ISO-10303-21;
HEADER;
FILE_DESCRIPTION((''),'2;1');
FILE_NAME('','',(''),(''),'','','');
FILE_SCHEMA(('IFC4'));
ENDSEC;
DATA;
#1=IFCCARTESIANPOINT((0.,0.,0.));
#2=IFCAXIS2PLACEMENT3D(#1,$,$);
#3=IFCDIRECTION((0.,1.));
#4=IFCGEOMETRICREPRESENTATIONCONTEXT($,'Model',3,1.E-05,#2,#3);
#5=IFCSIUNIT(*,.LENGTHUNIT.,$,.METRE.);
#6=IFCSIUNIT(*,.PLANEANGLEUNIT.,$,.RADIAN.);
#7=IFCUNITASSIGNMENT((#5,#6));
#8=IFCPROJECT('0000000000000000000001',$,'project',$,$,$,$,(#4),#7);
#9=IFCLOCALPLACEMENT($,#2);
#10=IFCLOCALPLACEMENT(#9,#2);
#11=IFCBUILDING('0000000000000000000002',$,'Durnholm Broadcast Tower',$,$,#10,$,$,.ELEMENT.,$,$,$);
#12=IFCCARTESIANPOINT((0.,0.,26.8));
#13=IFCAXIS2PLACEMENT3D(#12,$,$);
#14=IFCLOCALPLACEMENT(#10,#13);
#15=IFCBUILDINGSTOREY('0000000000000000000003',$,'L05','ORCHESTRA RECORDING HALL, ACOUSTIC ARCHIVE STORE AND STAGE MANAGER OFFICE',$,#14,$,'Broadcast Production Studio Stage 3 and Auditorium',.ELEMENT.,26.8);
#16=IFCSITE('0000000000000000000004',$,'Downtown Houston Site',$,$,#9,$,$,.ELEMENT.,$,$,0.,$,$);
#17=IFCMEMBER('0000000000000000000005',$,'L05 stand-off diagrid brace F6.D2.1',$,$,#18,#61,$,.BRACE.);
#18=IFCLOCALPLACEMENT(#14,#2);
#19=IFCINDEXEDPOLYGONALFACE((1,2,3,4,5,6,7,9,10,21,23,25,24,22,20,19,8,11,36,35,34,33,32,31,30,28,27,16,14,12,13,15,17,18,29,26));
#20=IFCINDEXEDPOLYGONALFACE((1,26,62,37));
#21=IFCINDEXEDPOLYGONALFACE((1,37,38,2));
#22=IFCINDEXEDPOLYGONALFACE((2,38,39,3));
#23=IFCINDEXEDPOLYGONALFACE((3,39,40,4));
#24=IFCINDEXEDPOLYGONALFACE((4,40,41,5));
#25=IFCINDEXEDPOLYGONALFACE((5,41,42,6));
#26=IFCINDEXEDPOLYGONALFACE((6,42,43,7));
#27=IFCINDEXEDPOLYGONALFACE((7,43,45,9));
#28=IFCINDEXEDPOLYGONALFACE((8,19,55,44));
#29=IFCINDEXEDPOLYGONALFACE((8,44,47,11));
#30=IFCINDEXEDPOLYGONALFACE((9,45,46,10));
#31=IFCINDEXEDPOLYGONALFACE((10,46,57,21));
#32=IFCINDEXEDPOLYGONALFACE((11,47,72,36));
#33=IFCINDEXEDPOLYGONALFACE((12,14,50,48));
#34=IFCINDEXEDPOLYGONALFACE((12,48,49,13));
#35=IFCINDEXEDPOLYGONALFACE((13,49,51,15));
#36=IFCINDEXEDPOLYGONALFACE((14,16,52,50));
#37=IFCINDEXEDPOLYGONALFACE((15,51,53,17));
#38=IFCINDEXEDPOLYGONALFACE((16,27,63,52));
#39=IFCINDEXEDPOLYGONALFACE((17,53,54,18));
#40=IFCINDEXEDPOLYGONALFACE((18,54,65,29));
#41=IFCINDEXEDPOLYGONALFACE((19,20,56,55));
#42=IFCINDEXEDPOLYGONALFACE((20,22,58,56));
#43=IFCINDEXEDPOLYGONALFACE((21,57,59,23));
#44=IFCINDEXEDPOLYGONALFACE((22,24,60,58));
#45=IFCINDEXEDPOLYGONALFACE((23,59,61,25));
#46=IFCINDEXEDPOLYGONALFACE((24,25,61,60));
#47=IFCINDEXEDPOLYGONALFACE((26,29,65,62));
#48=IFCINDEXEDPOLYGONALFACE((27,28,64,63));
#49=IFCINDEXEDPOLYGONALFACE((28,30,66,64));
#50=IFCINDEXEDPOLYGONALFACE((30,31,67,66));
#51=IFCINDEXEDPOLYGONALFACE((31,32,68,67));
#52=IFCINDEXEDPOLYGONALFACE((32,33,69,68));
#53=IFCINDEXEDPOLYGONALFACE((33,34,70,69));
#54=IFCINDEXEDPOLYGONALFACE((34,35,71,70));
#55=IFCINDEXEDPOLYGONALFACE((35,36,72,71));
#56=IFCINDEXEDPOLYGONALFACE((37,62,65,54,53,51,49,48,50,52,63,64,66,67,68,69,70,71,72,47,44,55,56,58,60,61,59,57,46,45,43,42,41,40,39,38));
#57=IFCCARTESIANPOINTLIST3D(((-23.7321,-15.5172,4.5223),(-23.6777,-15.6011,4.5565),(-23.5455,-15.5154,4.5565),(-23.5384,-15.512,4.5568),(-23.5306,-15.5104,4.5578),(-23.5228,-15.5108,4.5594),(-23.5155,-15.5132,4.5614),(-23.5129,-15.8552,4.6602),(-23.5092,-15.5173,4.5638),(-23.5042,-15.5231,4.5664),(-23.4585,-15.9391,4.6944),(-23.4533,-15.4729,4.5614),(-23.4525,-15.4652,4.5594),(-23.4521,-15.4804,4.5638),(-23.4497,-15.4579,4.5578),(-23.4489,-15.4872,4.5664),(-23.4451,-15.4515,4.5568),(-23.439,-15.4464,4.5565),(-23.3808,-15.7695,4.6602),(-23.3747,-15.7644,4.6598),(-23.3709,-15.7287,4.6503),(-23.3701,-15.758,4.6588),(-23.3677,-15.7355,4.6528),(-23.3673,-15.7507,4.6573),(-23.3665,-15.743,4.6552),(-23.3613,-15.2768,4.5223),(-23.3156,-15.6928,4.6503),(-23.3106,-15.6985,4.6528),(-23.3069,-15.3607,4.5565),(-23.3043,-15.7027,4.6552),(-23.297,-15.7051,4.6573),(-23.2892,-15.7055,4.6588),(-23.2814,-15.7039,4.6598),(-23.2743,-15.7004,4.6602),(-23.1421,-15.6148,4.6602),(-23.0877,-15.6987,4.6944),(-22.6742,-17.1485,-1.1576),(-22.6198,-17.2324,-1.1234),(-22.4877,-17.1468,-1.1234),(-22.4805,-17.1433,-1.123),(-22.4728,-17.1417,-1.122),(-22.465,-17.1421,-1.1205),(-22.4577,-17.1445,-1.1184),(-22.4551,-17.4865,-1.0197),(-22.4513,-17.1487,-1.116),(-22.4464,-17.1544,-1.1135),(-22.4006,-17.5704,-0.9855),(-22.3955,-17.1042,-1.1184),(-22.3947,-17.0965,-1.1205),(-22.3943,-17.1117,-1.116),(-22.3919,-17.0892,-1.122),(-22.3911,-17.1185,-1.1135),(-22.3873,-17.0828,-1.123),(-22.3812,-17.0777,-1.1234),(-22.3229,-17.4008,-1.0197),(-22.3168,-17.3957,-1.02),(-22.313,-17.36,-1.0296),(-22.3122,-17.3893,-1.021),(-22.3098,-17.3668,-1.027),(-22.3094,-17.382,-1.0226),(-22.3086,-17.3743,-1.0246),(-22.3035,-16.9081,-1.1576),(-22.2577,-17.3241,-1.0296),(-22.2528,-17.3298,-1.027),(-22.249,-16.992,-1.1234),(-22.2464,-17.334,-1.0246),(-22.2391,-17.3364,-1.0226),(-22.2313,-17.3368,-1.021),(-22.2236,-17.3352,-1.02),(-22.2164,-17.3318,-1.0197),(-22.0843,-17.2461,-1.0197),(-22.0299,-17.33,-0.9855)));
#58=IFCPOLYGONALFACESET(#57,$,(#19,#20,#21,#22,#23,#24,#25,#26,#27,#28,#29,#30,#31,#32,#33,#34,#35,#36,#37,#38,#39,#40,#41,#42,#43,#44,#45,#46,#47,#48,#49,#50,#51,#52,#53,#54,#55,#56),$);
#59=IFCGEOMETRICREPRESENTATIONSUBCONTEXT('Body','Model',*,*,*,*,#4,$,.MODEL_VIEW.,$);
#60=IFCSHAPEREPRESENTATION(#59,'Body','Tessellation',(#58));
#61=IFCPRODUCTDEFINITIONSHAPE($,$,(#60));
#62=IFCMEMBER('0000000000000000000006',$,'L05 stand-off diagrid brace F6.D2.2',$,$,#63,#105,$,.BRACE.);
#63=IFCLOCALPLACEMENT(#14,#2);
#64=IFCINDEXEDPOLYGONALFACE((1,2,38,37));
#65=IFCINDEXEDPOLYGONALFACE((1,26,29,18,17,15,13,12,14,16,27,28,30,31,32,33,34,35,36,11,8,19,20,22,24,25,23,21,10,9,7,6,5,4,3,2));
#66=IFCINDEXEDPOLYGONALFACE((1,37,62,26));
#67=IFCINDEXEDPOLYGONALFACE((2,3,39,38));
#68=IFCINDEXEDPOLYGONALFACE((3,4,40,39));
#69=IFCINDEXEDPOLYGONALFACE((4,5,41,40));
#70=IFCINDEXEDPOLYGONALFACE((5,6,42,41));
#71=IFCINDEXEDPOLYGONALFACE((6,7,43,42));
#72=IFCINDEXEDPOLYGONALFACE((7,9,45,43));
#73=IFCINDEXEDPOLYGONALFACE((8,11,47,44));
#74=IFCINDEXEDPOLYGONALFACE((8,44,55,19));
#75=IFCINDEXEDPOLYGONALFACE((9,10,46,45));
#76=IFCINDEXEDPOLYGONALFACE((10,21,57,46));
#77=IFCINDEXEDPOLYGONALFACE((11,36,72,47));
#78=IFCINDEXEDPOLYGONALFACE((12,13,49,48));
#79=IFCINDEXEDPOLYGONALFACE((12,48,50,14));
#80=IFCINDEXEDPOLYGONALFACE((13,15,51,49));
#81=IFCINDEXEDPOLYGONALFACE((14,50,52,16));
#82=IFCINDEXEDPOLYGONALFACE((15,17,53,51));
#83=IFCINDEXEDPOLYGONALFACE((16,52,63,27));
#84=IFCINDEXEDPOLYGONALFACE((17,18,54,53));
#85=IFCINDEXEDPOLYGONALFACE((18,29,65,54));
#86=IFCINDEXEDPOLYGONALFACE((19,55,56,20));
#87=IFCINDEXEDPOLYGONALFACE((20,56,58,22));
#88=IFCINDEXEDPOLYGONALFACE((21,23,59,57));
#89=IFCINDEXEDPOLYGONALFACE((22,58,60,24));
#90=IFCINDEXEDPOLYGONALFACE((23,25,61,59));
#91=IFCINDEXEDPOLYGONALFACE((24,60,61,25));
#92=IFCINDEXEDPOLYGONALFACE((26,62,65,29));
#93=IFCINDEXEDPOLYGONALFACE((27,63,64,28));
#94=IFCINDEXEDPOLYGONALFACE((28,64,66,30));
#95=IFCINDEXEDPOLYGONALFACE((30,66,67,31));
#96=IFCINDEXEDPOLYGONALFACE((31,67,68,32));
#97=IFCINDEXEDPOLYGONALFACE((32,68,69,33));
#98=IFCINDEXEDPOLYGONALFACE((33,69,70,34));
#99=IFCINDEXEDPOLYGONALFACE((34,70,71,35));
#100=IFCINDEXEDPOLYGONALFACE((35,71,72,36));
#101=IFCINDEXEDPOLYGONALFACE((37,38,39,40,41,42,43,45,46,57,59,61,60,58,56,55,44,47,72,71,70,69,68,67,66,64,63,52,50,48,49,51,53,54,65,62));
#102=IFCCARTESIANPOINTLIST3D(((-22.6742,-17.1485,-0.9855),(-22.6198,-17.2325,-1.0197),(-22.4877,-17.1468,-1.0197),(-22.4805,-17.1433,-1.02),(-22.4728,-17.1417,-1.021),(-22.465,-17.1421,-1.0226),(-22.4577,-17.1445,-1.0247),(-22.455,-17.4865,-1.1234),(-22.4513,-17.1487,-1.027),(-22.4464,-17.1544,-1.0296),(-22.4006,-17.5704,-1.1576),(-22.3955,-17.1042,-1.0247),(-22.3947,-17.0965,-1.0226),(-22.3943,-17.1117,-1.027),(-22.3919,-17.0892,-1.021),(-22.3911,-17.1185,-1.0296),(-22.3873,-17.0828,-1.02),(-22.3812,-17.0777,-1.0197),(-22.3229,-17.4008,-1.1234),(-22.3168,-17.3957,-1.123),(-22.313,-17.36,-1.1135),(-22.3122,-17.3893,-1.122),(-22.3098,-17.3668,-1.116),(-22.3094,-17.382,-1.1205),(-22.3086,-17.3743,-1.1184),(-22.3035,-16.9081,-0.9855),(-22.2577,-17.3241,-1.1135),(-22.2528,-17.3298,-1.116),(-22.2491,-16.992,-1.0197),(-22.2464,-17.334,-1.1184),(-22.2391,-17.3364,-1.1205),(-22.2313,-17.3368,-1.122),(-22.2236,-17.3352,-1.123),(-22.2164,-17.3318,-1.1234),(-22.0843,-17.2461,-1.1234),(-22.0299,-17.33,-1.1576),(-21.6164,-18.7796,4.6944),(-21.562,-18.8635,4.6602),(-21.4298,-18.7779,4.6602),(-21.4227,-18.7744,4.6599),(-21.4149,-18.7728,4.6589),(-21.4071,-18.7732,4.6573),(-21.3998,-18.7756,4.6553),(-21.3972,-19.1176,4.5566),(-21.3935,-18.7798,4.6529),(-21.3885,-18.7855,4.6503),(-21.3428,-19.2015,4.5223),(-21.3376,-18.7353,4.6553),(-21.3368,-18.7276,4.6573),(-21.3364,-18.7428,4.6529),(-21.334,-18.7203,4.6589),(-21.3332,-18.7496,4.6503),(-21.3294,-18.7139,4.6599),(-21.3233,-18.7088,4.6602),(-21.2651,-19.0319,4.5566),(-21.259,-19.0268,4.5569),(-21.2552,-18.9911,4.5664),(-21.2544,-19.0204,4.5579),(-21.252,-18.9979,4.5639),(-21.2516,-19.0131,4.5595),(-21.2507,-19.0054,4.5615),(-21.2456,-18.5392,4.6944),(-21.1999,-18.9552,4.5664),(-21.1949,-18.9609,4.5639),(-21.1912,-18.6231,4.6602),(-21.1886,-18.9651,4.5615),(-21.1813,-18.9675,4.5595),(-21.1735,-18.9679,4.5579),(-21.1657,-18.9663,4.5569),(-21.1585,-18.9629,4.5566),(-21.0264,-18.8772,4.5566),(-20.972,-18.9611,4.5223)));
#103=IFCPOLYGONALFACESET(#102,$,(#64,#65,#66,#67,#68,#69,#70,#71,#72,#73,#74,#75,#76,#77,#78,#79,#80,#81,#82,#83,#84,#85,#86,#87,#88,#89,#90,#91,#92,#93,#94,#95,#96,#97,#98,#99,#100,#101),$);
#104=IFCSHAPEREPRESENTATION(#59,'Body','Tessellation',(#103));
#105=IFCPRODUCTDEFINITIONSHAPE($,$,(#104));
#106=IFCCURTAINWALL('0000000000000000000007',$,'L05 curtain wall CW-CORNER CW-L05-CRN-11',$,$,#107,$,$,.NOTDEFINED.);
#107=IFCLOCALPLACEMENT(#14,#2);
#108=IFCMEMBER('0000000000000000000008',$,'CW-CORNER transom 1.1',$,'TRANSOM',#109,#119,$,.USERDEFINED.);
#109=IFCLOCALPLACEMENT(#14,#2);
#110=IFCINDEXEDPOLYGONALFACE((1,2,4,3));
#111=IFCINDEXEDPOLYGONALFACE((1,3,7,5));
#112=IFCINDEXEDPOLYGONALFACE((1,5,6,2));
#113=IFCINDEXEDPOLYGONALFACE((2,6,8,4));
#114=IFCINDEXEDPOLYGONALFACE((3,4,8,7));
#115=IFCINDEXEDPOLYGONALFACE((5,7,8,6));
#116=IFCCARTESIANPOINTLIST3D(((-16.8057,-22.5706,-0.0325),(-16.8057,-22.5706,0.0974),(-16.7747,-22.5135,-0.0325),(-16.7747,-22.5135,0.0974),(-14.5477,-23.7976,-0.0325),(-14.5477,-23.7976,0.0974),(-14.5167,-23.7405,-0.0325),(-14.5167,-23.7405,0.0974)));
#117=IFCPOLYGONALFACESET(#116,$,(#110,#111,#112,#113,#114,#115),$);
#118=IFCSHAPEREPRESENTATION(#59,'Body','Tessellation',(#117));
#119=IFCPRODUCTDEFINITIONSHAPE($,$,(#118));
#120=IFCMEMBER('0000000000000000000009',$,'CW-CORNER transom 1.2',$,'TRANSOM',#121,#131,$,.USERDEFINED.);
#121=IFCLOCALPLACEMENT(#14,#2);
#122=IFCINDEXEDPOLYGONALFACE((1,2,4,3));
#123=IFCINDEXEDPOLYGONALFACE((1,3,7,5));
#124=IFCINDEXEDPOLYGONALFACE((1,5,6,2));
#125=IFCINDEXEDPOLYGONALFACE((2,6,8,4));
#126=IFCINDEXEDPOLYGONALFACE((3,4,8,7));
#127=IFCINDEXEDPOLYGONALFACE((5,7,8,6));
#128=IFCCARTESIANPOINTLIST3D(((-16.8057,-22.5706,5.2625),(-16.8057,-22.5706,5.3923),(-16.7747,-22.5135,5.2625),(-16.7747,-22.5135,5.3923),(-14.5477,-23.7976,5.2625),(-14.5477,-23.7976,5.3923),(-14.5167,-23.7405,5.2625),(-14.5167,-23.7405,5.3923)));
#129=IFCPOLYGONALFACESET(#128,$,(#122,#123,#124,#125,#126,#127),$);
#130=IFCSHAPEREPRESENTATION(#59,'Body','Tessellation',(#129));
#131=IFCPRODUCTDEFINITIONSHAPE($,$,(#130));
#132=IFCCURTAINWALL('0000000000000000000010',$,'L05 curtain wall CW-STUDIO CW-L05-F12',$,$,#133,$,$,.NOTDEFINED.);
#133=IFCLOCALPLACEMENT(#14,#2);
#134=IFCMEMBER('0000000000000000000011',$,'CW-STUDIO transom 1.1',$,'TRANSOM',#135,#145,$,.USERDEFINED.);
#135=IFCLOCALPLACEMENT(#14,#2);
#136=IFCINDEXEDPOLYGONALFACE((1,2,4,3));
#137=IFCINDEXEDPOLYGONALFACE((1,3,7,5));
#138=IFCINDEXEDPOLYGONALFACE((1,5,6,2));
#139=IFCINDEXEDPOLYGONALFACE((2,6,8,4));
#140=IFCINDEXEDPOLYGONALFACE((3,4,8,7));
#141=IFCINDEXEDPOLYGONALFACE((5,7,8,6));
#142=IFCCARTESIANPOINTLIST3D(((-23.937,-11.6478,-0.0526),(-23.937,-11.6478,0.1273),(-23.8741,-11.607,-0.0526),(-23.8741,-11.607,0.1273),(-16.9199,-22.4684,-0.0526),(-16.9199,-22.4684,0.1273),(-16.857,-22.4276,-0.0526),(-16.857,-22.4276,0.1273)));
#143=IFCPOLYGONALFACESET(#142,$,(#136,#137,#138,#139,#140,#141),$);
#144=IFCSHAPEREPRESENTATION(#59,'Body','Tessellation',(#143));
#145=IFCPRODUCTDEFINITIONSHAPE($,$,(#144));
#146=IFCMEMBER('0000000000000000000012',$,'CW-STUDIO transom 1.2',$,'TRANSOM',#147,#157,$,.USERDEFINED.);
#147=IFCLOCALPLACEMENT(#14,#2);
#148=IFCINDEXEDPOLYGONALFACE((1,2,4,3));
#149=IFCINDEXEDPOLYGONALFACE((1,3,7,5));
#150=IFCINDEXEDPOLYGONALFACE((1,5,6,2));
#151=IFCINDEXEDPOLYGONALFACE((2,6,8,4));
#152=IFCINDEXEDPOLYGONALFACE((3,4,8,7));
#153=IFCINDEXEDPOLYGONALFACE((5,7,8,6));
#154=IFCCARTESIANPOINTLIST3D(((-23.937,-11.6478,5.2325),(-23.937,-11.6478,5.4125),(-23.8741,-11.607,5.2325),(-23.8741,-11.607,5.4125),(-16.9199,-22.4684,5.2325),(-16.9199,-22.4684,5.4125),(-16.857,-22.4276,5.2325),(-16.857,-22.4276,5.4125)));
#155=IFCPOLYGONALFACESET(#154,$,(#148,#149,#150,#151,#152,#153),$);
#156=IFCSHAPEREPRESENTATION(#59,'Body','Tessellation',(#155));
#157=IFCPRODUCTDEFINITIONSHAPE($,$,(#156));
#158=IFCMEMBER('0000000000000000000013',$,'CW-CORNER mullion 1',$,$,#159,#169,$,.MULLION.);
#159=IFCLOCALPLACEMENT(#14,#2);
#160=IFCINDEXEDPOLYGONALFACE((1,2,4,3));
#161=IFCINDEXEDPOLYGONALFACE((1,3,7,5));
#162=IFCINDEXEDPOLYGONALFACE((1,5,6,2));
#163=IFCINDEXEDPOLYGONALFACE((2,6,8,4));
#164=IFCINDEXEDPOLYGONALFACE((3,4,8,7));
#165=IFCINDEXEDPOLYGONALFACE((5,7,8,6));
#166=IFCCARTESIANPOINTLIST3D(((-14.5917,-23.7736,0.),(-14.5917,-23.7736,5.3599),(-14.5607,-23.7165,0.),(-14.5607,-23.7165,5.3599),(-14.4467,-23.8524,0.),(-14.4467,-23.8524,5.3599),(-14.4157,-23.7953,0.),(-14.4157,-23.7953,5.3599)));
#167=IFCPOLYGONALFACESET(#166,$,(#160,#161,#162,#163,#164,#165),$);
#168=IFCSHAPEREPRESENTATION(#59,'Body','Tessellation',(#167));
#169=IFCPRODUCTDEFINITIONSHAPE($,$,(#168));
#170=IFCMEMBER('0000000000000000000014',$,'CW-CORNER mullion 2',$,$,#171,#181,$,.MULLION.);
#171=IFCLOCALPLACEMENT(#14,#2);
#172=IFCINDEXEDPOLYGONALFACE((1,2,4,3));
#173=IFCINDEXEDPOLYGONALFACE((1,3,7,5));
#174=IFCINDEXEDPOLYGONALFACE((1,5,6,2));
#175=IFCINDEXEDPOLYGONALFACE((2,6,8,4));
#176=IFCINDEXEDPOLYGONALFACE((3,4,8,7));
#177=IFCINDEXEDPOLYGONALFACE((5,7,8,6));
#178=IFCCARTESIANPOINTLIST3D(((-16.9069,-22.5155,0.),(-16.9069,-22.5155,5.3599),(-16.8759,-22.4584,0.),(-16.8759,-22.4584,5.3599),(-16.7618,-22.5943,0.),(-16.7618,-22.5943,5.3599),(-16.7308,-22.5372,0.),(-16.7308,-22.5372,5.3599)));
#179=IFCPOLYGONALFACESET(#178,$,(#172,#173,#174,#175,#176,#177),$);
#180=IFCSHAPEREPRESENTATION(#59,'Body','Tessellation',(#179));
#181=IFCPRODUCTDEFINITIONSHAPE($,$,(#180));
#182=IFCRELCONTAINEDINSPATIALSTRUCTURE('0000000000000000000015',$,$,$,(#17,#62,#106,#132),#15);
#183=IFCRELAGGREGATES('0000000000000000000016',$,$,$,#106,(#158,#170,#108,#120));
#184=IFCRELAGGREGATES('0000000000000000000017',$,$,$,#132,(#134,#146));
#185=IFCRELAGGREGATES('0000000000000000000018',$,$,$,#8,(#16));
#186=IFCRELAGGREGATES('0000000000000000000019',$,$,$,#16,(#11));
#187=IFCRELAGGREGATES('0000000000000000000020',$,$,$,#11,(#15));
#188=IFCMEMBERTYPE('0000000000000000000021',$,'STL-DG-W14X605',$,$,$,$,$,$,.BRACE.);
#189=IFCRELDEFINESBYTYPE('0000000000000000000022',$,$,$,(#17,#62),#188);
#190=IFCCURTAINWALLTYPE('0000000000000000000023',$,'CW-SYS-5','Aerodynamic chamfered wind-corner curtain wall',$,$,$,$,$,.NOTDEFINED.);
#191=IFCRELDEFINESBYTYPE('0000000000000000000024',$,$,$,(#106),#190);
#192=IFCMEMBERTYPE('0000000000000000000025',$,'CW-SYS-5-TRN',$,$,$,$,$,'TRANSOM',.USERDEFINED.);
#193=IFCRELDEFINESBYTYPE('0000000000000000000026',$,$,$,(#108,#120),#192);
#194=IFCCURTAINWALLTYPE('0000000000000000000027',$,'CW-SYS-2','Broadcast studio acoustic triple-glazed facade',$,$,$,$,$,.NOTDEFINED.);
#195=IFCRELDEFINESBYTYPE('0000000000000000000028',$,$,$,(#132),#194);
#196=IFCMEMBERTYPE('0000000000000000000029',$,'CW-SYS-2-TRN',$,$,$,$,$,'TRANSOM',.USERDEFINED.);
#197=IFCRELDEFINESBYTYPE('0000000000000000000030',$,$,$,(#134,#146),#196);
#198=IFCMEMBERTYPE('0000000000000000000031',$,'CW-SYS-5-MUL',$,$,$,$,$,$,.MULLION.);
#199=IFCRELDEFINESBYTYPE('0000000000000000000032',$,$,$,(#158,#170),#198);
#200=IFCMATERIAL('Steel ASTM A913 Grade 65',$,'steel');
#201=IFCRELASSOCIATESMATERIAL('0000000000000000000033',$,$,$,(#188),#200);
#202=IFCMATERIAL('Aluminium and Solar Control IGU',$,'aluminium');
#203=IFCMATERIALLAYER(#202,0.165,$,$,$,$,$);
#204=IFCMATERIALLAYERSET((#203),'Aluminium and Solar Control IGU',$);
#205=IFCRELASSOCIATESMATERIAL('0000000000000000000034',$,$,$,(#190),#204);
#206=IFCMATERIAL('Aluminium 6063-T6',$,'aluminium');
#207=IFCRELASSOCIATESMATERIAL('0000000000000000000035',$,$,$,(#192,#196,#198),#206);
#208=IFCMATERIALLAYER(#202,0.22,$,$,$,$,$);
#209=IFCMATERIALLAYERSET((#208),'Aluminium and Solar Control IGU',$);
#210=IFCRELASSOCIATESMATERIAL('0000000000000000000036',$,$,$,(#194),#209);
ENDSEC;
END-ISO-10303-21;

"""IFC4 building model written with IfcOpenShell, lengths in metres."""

from ifc_helpers import new_model, si_unit, direction, frame, origin, origin_2d, place, context, subcontext, project, spatial, rectangle, i_section, extrude, source, transform, mapped, material, layer, layer_set, material_profile, profile_set, type_object, type_shapes, element, aggregate, save


model = new_model("IFC4")

# Units and contexts
model_context = context("Model", 3, precision=1e-05, world=origin(), true_north=direction((0.0, 1.0)))
body_context = subcontext(model_context, "Body", "Model", "MODEL_VIEW")
ifc_project = project(units=[si_unit("LENGTHUNIT", "METRE"), si_unit("PLANEANGLEUNIT", "RADIAN")], contexts=[model_context])

# Site, building, storey
site_placement = place(None, origin())
site = spatial("IfcSite", under=ifc_project, at=site_placement, Name="Downtown Houston Site", CompositionType="ELEMENT", RefElevation=0.0)
building_placement = place(site_placement, origin())
building = spatial("IfcBuilding", under=site, at=building_placement, Name="Durnholm Broadcast Tower", CompositionType="ELEMENT")
storey_placement = place(building_placement, frame((0.0, 0.0, 26.8)))
storey = spatial("IfcBuildingStorey", under=building, at=storey_placement, Name="L05", Description="ORCHESTRA RECORDING HALL, ACOUSTIC ARCHIVE STORE AND STAGE MANAGER OFFICE", LongName="Broadcast Production Studio Stage 3 and Auditorium", CompositionType="ELEMENT", Elevation=26.8)

# Shared definitions
ifc_material_1 = material(Name="Steel ASTM A913 Grade 65", Category="steel")

# Members
ifc_material_profile_1 = material_profile(ifc_material_1, i_section(OverallWidth=0.4419, OverallDepth=0.5315, WebThickness=0.0659, FlangeThickness=0.1057, FilletRadius=0.0305, at=origin_2d()), Name="W14X605")
ifc_profile_set_1 = profile_set([ifc_material_profile_1], Name="Steel ASTM A913 Grade 65")
member_type_1 = type_object("IfcMemberType", Name="STL-DG-W14X605", PredefinedType="BRACE", material=ifc_profile_set_1)
shared_shape_1 = source(origin(), body_context, "Body", "SweptSolid", [
    extrude(i_section(OverallWidth=0.4419, OverallDepth=0.5315, WebThickness=0.0659, FlangeThickness=0.1057, FilletRadius=0.0305, at=origin_2d()), origin(), (0.0, 0.0, 1.0), 6.0034),
])
type_shapes(member_type_1, [shared_shape_1])
for number, where, z_axis, x_axis, name in (
    (1, (-22.3521, -17.2393, -1.0715), (-0.176207, 0.271733, 0.946104), (-0.839034, -0.544079, 0.0), "L05 stand-off diagrid brace F6.D2.1"),
    (2, (-22.3521, -17.2393, -1.0715), (0.176209, -0.271695, 0.946114), (0.838997, 0.544136, 0.0), "L05 stand-off diagrid brace F6.D2.2"),
):
    element("IfcMember", number, at=place(storey_placement, frame(where, z_axis=z_axis, x_axis=x_axis)), inside=storey, type_object=member_type_1, Name=name, PredefinedType="BRACE", context=body_context, shape_type="MappedRepresentation", body=[
        mapped(shared_shape_1, transform((0.0, 0.0, 0.0), x_axis=(1.0, 0.0, 0.0), y_axis=(0.0, 1.0, 0.0), z_axis=(0.0, 0.0, 1.0), scale=1.0)),
    ])

# Curtain walls, members
ifc_material_2 = material(Name="Aluminium and Solar Control IGU", Category="aluminium")
ifc_layer_1 = layer(ifc_material_2, 0.165)
ifc_layer_set_1 = layer_set([ifc_layer_1], Name="Aluminium and Solar Control IGU")
curtain_wall_type_1 = type_object("IfcCurtainWallType", Name="CW-SYS-5", Description="Aerodynamic chamfered wind-corner curtain wall", PredefinedType="NOTDEFINED", material=ifc_layer_set_1)
curtain_wall_1_placement = place(storey_placement, origin())
curtain_wall_1 = element("IfcCurtainWall", 3, at=curtain_wall_1_placement, inside=storey, type_object=curtain_wall_type_1, Name="L05 curtain wall CW-CORNER CW-L05-CRN-11", PredefinedType="NOTDEFINED")
ifc_material_3 = material(Name="Aluminium 6063-T6", Category="aluminium")
ifc_material_profile_2 = material_profile(ifc_material_3, rectangle(XDim=0.0649, YDim=0.1299, at=origin_2d()), Name="CWT65X130")
ifc_profile_set_2 = profile_set([ifc_material_profile_2], Name="Aluminium 6063-T6")
member_type_2 = type_object("IfcMemberType", Name="CW-SYS-5-TRN", ElementType="TRANSOM", PredefinedType="USERDEFINED", material=ifc_profile_set_2)
shared_shape_2 = source(origin(), body_context, "Body", "SweptSolid", [
    extrude(rectangle(XDim=0.0649, YDim=0.1299, at=origin_2d()), origin(), (0.0, 0.0, 1.0), 2.5698),
])
type_shapes(member_type_2, [shared_shape_2])
member_1_placement = place(storey_placement, frame((-14.5322, -23.769, 0.0325), z_axis=(-0.87865, 0.477467, 0.0), x_axis=(-0.477467, -0.87865, 0.0)))
member_1 = element("IfcMember", 4, at=member_1_placement, type_object=member_type_2, Name="CW-CORNER transom 1.1", ObjectType="TRANSOM", PredefinedType="USERDEFINED", context=body_context, shape_type="MappedRepresentation", body=[
    mapped(shared_shape_2, transform((0.0, 0.0, 0.0), x_axis=(1.0, 0.0, 0.0), y_axis=(0.0, 1.0, 0.0), z_axis=(0.0, 0.0, 1.0), scale=1.0)),
])
member_2_placement = place(storey_placement, frame((-14.5322, -23.769, 5.3274), z_axis=(-0.87865, 0.477467, 0.0), x_axis=(-0.477467, -0.87865, 0.0)))
member_2 = element("IfcMember", 5, at=member_2_placement, type_object=member_type_2, Name="CW-CORNER transom 1.2", ObjectType="TRANSOM", PredefinedType="USERDEFINED", context=body_context, shape_type="MappedRepresentation", body=[
    mapped(shared_shape_2, transform((0.0, 0.0, 0.0), x_axis=(1.0, 0.0, 0.0), y_axis=(0.0, 1.0, 0.0), z_axis=(0.0, 0.0, 1.0), scale=1.0)),
])
ifc_layer_2 = layer(ifc_material_2, 0.22)
ifc_layer_set_2 = layer_set([ifc_layer_2], Name="Aluminium and Solar Control IGU")
curtain_wall_type_2 = type_object("IfcCurtainWallType", Name="CW-SYS-2", Description="Broadcast studio acoustic triple-glazed facade", PredefinedType="NOTDEFINED", material=ifc_layer_set_2)
curtain_wall_2_placement = place(storey_placement, origin())
curtain_wall_2 = element("IfcCurtainWall", 6, at=curtain_wall_2_placement, inside=storey, type_object=curtain_wall_type_2, Name="L05 curtain wall CW-STUDIO CW-L05-F12", PredefinedType="NOTDEFINED")
ifc_material_profile_3 = material_profile(ifc_material_3, rectangle(XDim=0.075, YDim=0.1799, at=origin_2d()), Name="CWT75X180")
ifc_profile_set_3 = profile_set([ifc_material_profile_3], Name="Aluminium 6063-T6")
member_type_3 = type_object("IfcMemberType", Name="CW-SYS-2-TRN", ElementType="TRANSOM", PredefinedType="USERDEFINED", material=ifc_profile_set_3)
shared_shape_3 = source(origin(), body_context, "Body", "SweptSolid", [
    extrude(rectangle(XDim=0.075, YDim=0.1799, at=origin_2d()), origin(), (0.0, 0.0, 1.0), 12.8967),
])
type_shapes(member_type_3, [shared_shape_3])
member_3_placement = place(storey_placement, frame((-16.8884, -22.448, 0.0374), z_axis=(-0.544101, 0.83902, 0.0), x_axis=(-0.83902, -0.544101, 0.0)))
member_3 = element("IfcMember", 7, at=member_3_placement, type_object=member_type_3, Name="CW-STUDIO transom 1.1", ObjectType="TRANSOM", PredefinedType="USERDEFINED", context=body_context, shape_type="MappedRepresentation", body=[
    mapped(shared_shape_3, transform((0.0, 0.0, 0.0), x_axis=(1.0, 0.0, 0.0), y_axis=(0.0, 1.0, 0.0), z_axis=(0.0, 0.0, 1.0), scale=1.0)),
])
member_4_placement = place(storey_placement, frame((-16.8884, -22.448, 5.3225), z_axis=(-0.544101, 0.83902, 0.0), x_axis=(-0.83902, -0.544101, 0.0)))
member_4 = element("IfcMember", 8, at=member_4_placement, type_object=member_type_3, Name="CW-STUDIO transom 1.2", ObjectType="TRANSOM", PredefinedType="USERDEFINED", context=body_context, shape_type="MappedRepresentation", body=[
    mapped(shared_shape_3, transform((0.0, 0.0, 0.0), x_axis=(1.0, 0.0, 0.0), y_axis=(0.0, 1.0, 0.0), z_axis=(0.0, 0.0, 1.0), scale=1.0)),
])

# Members
ifc_material_profile_4 = material_profile(ifc_material_3, rectangle(XDim=0.0649, YDim=0.165, at=origin_2d()), Name="CWM65X165")
ifc_profile_set_4 = profile_set([ifc_material_profile_4], Name="Aluminium 6063-T6")
member_type_4 = type_object("IfcMemberType", Name="CW-SYS-5-MUL", PredefinedType="MULLION", material=ifc_profile_set_4)
shared_shape_4 = source(origin(), body_context, "Body", "SweptSolid", [
    extrude(rectangle(XDim=0.0649, YDim=0.165, at=origin_2d()), origin(), (0.0, 0.0, 1.0), 5.3599),
])
type_shapes(member_type_4, [shared_shape_4])
member_5_placement = place(storey_placement, frame((-14.5037, -23.7844, 0.0), z_axis=(0.0, 0.0, 1.0), x_axis=(-0.477442, -0.878663, 0.0)))
member_5 = element("IfcMember", 9, at=member_5_placement, type_object=member_type_4, Name="CW-CORNER mullion 1", PredefinedType="MULLION", context=body_context, shape_type="MappedRepresentation", body=[
    mapped(shared_shape_4, transform((0.0, 0.0, 0.0), x_axis=(1.0, 0.0, 0.0), y_axis=(0.0, 1.0, 0.0), z_axis=(0.0, 0.0, 1.0), scale=1.0)),
])
member_6_placement = place(storey_placement, frame((-16.8188, -22.5264, 0.0), z_axis=(0.0, 0.0, 1.0), x_axis=(-0.477442, -0.878663, 0.0)))
member_6 = element("IfcMember", 10, at=member_6_placement, type_object=member_type_4, Name="CW-CORNER mullion 2", PredefinedType="MULLION", context=body_context, shape_type="MappedRepresentation", body=[
    mapped(shared_shape_4, transform((0.0, 0.0, 0.0), x_axis=(1.0, 0.0, 0.0), y_axis=(0.0, 1.0, 0.0), z_axis=(0.0, 0.0, 1.0), scale=1.0)),
])

aggregate(curtain_wall_1, [member_5, member_6, member_1, member_2])
aggregate(curtain_wall_2, [member_3, member_4])

save(model, "model.ifc")
